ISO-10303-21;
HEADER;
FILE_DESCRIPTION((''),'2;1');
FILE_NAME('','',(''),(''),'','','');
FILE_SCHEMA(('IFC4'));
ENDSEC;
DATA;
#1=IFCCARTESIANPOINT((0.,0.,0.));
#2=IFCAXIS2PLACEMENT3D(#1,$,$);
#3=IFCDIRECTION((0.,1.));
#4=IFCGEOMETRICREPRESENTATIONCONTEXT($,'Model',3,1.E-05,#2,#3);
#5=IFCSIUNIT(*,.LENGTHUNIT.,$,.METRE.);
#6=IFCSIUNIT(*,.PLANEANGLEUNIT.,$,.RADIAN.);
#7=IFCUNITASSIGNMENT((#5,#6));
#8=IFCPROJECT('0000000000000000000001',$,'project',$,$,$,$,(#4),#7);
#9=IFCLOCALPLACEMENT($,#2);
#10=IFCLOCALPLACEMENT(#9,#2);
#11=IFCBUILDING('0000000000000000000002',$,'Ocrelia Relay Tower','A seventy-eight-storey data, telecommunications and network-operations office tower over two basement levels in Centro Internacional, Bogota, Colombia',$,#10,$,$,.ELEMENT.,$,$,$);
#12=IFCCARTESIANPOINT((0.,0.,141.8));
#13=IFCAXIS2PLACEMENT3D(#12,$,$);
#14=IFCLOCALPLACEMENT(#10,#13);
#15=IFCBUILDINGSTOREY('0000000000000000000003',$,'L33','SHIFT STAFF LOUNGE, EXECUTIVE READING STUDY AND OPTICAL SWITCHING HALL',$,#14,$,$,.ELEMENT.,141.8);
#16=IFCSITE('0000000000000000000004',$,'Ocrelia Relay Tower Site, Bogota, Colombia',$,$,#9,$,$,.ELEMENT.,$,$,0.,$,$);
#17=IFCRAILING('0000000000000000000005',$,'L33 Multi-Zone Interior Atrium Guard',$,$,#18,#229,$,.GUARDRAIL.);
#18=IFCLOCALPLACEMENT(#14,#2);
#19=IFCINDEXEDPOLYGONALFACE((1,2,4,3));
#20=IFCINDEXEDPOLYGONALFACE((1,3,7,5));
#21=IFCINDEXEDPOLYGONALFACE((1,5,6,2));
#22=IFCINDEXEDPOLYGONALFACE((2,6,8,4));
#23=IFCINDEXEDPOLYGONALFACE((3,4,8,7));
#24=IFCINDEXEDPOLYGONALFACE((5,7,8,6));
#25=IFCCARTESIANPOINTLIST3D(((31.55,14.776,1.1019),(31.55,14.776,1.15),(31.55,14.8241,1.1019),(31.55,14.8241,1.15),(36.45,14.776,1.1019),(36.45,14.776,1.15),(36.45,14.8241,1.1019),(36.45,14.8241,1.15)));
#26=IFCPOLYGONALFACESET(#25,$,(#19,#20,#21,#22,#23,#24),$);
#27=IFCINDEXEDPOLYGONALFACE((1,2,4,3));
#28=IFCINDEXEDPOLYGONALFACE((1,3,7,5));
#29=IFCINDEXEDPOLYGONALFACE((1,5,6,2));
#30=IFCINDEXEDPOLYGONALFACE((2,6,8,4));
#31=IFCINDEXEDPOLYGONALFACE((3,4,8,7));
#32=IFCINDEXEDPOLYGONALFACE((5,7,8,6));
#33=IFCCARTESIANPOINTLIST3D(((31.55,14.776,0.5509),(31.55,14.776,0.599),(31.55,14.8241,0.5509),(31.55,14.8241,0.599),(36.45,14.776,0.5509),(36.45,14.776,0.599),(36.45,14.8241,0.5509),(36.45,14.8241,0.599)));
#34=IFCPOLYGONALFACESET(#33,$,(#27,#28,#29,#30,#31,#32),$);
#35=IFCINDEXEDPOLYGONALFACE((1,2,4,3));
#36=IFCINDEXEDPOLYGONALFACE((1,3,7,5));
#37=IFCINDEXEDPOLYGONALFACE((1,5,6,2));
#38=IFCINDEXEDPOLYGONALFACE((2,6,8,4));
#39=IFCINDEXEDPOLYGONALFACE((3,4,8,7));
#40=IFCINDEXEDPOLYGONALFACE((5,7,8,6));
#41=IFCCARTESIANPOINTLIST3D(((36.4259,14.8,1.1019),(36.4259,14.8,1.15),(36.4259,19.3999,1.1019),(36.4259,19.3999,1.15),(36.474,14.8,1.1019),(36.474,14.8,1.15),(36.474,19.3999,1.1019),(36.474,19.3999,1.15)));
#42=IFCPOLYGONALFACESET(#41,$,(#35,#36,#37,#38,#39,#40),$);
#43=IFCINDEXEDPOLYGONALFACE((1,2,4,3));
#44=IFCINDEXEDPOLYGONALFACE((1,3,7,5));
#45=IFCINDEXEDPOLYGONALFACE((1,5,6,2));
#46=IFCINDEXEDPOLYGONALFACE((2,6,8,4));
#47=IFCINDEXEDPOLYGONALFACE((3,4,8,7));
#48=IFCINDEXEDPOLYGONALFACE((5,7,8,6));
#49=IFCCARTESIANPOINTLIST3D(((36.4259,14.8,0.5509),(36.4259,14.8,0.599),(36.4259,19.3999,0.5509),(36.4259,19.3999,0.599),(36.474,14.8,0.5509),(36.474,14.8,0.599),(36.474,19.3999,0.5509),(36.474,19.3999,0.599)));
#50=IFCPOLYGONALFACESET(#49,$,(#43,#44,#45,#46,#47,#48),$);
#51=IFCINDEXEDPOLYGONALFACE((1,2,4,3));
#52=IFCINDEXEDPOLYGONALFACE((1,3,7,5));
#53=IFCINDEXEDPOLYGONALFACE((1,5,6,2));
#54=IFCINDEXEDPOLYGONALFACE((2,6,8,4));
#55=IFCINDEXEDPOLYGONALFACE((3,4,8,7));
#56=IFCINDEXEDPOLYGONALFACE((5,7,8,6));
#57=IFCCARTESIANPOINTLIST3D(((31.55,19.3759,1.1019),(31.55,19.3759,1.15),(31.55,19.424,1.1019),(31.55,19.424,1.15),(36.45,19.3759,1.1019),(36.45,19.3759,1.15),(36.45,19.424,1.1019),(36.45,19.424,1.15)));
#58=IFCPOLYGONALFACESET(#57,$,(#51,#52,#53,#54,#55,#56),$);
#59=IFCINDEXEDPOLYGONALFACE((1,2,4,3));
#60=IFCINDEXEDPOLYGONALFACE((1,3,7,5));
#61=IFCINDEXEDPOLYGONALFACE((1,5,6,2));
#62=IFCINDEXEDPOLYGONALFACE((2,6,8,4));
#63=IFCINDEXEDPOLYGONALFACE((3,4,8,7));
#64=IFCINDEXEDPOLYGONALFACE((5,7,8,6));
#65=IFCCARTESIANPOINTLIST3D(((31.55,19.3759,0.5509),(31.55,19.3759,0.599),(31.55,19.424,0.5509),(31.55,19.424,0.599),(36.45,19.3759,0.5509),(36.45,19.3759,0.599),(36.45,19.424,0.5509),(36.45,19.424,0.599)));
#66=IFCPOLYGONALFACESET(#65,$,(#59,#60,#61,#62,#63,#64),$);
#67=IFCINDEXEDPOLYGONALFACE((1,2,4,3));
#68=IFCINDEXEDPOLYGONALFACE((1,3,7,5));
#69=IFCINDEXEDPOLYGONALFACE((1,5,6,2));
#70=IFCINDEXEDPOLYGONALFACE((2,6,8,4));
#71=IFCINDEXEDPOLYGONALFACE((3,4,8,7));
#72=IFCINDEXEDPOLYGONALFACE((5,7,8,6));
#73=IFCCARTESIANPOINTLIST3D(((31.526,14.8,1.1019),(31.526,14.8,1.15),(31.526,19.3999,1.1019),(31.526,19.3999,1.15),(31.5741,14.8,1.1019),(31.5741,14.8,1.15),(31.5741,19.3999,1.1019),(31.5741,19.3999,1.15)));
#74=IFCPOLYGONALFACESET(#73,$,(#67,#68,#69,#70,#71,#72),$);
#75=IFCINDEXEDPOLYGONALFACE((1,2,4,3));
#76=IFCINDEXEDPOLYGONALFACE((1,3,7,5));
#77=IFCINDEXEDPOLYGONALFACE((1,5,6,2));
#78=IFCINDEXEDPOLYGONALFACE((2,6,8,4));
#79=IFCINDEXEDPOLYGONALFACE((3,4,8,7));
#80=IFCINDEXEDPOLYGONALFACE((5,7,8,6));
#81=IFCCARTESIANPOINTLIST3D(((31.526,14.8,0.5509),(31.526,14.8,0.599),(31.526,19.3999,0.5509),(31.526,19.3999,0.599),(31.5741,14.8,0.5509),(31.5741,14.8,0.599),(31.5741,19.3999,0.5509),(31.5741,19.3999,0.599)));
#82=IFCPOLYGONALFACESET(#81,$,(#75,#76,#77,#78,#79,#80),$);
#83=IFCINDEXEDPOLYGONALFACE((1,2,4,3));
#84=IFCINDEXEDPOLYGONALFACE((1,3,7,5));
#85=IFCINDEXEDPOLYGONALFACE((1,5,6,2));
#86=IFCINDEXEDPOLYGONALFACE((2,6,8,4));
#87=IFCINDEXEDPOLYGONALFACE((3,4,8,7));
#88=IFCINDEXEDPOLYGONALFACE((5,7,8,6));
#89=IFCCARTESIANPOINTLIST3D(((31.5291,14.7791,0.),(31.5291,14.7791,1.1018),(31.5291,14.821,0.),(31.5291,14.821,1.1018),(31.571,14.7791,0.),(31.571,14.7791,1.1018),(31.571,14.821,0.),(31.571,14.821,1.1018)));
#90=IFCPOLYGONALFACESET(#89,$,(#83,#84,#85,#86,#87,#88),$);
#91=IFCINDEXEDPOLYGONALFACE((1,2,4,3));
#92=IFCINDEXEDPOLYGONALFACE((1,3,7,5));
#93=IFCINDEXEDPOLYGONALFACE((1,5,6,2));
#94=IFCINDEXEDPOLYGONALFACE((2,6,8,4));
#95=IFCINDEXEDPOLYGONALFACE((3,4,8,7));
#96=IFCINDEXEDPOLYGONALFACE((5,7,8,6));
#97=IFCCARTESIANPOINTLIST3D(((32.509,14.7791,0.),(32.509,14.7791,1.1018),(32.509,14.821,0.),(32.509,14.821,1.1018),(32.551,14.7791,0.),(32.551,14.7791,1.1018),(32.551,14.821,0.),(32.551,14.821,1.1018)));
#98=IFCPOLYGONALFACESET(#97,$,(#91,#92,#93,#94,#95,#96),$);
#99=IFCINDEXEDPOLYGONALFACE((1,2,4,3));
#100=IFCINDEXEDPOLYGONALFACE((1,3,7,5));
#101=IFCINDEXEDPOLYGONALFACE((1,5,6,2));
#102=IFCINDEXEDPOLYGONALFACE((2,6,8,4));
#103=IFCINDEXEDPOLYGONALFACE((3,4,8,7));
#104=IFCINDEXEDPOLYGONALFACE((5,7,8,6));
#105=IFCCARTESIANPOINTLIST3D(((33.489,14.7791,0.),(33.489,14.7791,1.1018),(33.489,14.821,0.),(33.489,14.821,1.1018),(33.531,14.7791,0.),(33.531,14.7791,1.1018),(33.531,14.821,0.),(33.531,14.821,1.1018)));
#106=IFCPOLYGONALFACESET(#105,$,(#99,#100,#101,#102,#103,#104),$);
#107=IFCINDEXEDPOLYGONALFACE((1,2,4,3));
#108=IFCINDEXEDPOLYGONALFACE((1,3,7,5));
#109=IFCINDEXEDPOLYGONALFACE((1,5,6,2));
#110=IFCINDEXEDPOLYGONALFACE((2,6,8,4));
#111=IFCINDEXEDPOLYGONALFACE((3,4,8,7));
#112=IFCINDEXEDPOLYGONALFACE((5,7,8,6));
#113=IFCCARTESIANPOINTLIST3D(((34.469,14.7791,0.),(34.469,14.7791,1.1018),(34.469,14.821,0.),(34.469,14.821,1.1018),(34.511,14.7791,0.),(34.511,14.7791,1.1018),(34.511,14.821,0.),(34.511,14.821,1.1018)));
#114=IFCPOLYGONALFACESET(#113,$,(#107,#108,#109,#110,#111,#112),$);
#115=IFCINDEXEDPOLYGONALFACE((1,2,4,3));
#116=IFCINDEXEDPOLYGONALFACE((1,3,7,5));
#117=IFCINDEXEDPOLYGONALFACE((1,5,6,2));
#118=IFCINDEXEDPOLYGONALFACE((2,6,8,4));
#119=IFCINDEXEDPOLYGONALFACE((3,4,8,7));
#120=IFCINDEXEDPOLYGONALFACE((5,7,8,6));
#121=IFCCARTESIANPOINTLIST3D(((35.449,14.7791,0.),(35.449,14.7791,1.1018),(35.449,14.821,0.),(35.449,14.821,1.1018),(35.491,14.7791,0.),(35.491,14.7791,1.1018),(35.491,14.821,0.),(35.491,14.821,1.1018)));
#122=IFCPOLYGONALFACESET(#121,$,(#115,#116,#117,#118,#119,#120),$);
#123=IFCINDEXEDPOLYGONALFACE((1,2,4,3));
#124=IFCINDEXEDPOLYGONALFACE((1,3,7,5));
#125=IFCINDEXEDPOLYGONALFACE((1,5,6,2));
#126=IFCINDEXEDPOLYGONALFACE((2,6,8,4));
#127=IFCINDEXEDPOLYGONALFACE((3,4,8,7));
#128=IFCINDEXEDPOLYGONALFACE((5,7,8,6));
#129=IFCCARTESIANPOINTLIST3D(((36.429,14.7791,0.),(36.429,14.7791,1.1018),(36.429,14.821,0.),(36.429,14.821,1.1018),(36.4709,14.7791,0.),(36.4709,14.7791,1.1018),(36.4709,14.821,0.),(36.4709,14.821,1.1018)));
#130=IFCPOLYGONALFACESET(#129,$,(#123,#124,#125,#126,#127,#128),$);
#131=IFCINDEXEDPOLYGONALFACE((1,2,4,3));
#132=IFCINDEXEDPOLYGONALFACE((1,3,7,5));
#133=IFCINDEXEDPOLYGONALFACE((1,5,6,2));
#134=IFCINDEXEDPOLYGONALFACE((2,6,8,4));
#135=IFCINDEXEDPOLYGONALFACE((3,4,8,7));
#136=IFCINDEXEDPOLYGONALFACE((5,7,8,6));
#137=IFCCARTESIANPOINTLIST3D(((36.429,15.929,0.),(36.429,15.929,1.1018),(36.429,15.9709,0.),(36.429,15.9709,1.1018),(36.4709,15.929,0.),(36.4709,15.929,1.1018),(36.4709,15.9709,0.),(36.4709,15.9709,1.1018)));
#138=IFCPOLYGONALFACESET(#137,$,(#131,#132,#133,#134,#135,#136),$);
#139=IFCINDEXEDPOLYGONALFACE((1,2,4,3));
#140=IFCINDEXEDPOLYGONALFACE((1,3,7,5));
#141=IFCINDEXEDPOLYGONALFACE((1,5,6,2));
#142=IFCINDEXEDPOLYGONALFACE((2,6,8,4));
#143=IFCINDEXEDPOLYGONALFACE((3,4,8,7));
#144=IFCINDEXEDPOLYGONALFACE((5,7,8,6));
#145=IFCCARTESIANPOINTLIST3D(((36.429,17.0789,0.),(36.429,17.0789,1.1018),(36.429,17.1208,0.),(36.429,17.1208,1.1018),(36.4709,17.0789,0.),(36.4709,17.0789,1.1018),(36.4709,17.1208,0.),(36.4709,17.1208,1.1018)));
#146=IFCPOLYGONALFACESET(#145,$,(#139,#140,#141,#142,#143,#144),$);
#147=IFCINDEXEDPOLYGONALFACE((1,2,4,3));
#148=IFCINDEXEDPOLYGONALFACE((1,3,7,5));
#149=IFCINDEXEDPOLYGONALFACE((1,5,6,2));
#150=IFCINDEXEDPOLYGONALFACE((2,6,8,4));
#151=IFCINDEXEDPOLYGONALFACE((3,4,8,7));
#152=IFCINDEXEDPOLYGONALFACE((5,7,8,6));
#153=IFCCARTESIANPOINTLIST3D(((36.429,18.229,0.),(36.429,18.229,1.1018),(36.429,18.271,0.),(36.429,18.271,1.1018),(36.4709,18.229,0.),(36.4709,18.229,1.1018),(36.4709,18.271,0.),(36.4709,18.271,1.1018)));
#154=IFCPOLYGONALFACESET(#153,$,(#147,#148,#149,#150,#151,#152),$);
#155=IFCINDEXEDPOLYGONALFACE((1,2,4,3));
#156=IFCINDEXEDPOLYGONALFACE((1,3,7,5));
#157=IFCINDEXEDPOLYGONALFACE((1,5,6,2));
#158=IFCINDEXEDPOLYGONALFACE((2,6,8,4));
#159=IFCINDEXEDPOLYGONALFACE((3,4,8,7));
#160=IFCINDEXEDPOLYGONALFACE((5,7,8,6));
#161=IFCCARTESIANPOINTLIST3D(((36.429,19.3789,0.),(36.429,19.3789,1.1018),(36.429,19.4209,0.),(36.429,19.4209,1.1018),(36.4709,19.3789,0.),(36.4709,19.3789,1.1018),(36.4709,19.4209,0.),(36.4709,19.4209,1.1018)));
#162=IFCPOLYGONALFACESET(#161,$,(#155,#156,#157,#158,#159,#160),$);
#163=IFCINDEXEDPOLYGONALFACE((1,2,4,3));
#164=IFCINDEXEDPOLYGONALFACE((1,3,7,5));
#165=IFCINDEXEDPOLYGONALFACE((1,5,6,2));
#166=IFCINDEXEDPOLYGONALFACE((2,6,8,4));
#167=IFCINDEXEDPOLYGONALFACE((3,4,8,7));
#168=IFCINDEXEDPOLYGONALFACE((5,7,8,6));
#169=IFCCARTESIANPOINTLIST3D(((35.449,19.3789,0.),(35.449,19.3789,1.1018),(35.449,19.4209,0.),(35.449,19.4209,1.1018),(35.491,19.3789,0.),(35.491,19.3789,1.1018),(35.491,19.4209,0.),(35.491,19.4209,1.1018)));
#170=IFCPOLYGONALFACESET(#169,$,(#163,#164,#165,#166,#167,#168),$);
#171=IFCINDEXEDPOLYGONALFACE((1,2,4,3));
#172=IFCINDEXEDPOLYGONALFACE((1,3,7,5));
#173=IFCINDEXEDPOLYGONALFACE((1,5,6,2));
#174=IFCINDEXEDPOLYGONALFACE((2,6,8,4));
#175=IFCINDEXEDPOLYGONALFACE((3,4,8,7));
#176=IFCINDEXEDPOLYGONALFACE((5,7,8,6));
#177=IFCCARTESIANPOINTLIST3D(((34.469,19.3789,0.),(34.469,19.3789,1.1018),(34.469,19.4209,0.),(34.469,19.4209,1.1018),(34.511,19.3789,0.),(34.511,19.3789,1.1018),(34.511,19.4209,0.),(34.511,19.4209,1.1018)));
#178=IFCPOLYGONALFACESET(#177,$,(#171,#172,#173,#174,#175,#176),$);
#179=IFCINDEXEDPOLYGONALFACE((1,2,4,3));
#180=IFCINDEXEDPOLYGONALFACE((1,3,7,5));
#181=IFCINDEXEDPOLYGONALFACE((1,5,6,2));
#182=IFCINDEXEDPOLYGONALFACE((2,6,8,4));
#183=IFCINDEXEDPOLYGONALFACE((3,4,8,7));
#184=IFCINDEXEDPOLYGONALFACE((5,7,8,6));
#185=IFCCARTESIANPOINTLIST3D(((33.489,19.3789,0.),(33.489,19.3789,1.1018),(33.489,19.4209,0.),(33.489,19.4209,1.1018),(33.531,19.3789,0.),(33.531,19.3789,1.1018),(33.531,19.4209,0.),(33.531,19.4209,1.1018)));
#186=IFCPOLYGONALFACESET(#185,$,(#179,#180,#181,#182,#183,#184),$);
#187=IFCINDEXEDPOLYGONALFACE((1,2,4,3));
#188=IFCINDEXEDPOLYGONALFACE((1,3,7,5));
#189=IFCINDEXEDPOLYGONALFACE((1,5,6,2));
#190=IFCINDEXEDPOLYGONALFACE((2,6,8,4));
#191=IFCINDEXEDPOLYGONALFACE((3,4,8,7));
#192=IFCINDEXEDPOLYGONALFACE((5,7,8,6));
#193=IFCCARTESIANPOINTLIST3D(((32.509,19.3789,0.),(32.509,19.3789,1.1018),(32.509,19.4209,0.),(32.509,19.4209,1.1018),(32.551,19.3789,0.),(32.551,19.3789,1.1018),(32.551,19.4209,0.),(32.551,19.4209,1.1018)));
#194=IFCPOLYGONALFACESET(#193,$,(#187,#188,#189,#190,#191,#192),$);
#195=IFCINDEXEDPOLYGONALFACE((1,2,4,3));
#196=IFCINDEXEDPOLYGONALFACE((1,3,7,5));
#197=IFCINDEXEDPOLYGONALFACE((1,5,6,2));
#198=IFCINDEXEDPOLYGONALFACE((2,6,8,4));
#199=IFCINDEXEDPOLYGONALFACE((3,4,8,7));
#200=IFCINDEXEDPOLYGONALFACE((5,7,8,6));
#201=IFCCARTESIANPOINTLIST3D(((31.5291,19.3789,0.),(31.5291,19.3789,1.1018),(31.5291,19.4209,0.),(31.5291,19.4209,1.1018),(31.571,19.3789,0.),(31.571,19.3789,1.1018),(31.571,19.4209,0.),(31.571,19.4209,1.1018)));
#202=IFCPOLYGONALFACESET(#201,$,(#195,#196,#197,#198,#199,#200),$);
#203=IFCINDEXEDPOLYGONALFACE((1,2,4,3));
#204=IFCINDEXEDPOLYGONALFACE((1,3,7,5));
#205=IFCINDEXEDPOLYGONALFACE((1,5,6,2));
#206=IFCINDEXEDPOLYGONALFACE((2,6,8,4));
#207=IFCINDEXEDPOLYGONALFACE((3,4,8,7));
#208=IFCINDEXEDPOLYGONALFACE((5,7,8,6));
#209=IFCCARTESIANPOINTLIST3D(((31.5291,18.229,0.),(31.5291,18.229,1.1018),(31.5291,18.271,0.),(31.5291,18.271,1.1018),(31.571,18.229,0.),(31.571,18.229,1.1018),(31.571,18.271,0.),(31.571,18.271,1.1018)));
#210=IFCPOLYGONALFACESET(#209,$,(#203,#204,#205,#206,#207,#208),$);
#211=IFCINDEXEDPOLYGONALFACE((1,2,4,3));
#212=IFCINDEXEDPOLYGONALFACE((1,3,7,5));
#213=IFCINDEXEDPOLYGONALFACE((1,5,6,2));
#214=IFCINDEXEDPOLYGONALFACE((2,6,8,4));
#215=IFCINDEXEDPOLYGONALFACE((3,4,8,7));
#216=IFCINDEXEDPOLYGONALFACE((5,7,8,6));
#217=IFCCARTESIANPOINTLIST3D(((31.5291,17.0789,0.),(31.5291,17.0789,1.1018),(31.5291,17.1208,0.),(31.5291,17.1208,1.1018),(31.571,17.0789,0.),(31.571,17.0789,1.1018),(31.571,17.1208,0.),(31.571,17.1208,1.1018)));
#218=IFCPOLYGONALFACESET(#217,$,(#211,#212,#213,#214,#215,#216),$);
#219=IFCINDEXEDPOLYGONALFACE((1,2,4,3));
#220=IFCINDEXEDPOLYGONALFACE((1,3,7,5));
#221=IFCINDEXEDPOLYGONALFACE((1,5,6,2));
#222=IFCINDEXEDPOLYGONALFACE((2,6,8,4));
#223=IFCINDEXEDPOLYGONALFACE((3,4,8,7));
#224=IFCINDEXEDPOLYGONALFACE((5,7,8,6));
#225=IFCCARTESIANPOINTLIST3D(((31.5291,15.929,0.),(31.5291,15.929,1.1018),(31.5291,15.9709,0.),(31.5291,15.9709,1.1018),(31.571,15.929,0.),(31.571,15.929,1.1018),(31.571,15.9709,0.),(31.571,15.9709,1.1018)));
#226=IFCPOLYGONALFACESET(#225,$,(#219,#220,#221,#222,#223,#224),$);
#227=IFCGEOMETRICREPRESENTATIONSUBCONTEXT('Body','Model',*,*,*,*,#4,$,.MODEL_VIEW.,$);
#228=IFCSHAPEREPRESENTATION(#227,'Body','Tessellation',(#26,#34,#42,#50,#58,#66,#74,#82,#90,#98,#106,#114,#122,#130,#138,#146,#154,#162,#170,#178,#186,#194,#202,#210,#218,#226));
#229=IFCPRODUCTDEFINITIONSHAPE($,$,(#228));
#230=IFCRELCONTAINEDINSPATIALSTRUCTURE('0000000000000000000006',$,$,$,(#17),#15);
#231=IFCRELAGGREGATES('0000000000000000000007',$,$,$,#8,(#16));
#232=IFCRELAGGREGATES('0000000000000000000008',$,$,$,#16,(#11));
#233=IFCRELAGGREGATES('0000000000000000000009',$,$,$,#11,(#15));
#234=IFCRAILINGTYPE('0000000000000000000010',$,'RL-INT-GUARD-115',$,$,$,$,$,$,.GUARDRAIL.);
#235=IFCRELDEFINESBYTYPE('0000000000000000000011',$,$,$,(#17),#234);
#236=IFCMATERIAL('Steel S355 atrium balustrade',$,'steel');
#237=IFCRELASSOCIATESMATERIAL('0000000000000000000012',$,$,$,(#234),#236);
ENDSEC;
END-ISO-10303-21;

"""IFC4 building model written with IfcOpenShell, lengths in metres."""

from ifc_helpers import new_model, si_unit, direction, frame, origin, origin_2d, place, context, subcontext, project, spatial, rectangle, extrude, material, type_object, element, save


model = new_model("IFC4")

# Units and contexts
model_context = context("Model", 3, precision=1e-05, world=origin(), true_north=direction((0.0, 1.0)))
body_context = subcontext(model_context, "Body", "Model", "MODEL_VIEW")
ifc_project = project(units=[si_unit("LENGTHUNIT", "METRE"), si_unit("PLANEANGLEUNIT", "RADIAN")], contexts=[model_context])

# Site, building, storey
site_placement = place(None, origin())
site = spatial("IfcSite", under=ifc_project, at=site_placement, Name="Ocrelia Relay Tower Site, Bogota, Colombia", CompositionType="ELEMENT", RefElevation=0.0)
building_placement = place(site_placement, origin())
building = spatial("IfcBuilding", under=site, at=building_placement, Name="Ocrelia Relay Tower", Description="A seventy-eight-storey data, telecommunications and network-operations office tower over two basement levels in Centro Internacional, Bogota, Colombia", CompositionType="ELEMENT")
storey_placement = place(building_placement, frame((0.0, 0.0, 141.8)))
storey = spatial("IfcBuildingStorey", under=building, at=storey_placement, Name="L33", Description="SHIFT STAFF LOUNGE, EXECUTIVE READING STUDY AND OPTICAL SWITCHING HALL", CompositionType="ELEMENT", Elevation=141.8)

# Railing
ifc_material_1 = material(Name="Steel S355 atrium balustrade", Category="steel")
railing_type = type_object("IfcRailingType", Name="RL-INT-GUARD-115", PredefinedType="GUARDRAIL", material=ifc_material_1)
railing_placement = place(storey_placement, frame((31.55, 14.8, 0.0)))
element("IfcRailing", 1, at=railing_placement, inside=storey, type_object=railing_type, Name="L33 Multi-Zone Interior Atrium Guard", PredefinedType="GUARDRAIL", context=body_context, shape_type="SweptSolid", body=[
    extrude(rectangle(XDim=0.0481, YDim=0.0481, at=origin_2d()), frame((0.0, 0.0, 1.126), z_axis=(1.0, 0.0, 0.0), x_axis=(0.0, 1.0, 0.0)), (0.0, 0.0, 1.0), 4.8999),
    extrude(rectangle(XDim=0.0481, YDim=0.0481, at=origin_2d()), frame((0.0, 0.0, 0.575), z_axis=(1.0, 0.0, 0.0), x_axis=(0.0, 1.0, 0.0)), (0.0, 0.0, 1.0), 4.8999),
    extrude(rectangle(XDim=0.0481, YDim=0.0481, at=origin_2d()), frame((4.8999, 0.0, 1.126), z_axis=(0.0, 1.0, 0.0), x_axis=(-1.0, 0.0, 0.0)), (0.0, 0.0, 1.0), 4.5999),
    extrude(rectangle(XDim=0.0481, YDim=0.0481, at=origin_2d()), frame((4.8999, 0.0, 0.575), z_axis=(0.0, 1.0, 0.0), x_axis=(-1.0, 0.0, 0.0)), (0.0, 0.0, 1.0), 4.5999),
    extrude(rectangle(XDim=0.0481, YDim=0.0481, at=origin_2d()), frame((4.8999, 4.5999, 1.126), z_axis=(-1.0, 0.0, 0.0), x_axis=(0.0, -1.0, 0.0)), (0.0, 0.0, 1.0), 4.8999),
    extrude(rectangle(XDim=0.0481, YDim=0.0481, at=origin_2d()), frame((4.8999, 4.5999, 0.575), z_axis=(-1.0, 0.0, 0.0), x_axis=(0.0, -1.0, 0.0)), (0.0, 0.0, 1.0), 4.8999),
    extrude(rectangle(XDim=0.0481, YDim=0.0481, at=origin_2d()), frame((0.0, 4.5999, 1.126), z_axis=(0.0, -1.0, 0.0), x_axis=(1.0, 0.0, 0.0)), (0.0, 0.0, 1.0), 4.5999),
    extrude(rectangle(XDim=0.0481, YDim=0.0481, at=origin_2d()), frame((0.0, 4.5999, 0.575), z_axis=(0.0, -1.0, 0.0), x_axis=(1.0, 0.0, 0.0)), (0.0, 0.0, 1.0), 4.5999),
    extrude(rectangle(XDim=0.042, YDim=0.042, at=origin_2d()), origin(), (0.0, 0.0, 1.0), 1.1018),
    extrude(rectangle(XDim=0.042, YDim=0.042, at=origin_2d()), frame((0.98, 0.0, 0.0)), (0.0, 0.0, 1.0), 1.1018),
    extrude(rectangle(XDim=0.042, YDim=0.042, at=origin_2d()), frame((1.96, 0.0, 0.0)), (0.0, 0.0, 1.0), 1.1018),
    extrude(rectangle(XDim=0.042, YDim=0.042, at=origin_2d()), frame((2.9399, 0.0, 0.0)), (0.0, 0.0, 1.0), 1.1018),
    extrude(rectangle(XDim=0.042, YDim=0.042, at=origin_2d()), frame((3.9199, 0.0, 0.0)), (0.0, 0.0, 1.0), 1.1018),
    extrude(rectangle(XDim=0.042, YDim=0.042, at=origin_2d()), frame((4.8999, 0.0, 0.0)), (0.0, 0.0, 1.0), 1.1018),
    extrude(rectangle(XDim=0.042, YDim=0.042, at=origin_2d()), frame((4.8999, 1.1499, 0.0)), (0.0, 0.0, 1.0), 1.1018),
    extrude(rectangle(XDim=0.042, YDim=0.042, at=origin_2d()), frame((4.8999, 2.2998, 0.0)), (0.0, 0.0, 1.0), 1.1018),
    extrude(rectangle(XDim=0.042, YDim=0.042, at=origin_2d()), frame((4.8999, 3.45, 0.0)), (0.0, 0.0, 1.0), 1.1018),
    extrude(rectangle(XDim=0.042, YDim=0.042, at=origin_2d()), frame((4.8999, 4.5999, 0.0)), (0.0, 0.0, 1.0), 1.1018),
    extrude(rectangle(XDim=0.042, YDim=0.042, at=origin_2d()), frame((3.9199, 4.5999, 0.0)), (0.0, 0.0, 1.0), 1.1018),
    extrude(rectangle(XDim=0.042, YDim=0.042, at=origin_2d()), frame((2.9399, 4.5999, 0.0)), (0.0, 0.0, 1.0), 1.1018),
    extrude(rectangle(XDim=0.042, YDim=0.042, at=origin_2d()), frame((1.96, 4.5999, 0.0)), (0.0, 0.0, 1.0), 1.1018),
    extrude(rectangle(XDim=0.042, YDim=0.042, at=origin_2d()), frame((0.98, 4.5999, 0.0)), (0.0, 0.0, 1.0), 1.1018),
    extrude(rectangle(XDim=0.042, YDim=0.042, at=origin_2d()), frame((0.0, 4.5999, 0.0)), (0.0, 0.0, 1.0), 1.1018),
    extrude(rectangle(XDim=0.042, YDim=0.042, at=origin_2d()), frame((0.0, 3.45, 0.0)), (0.0, 0.0, 1.0), 1.1018),
    extrude(rectangle(XDim=0.042, YDim=0.042, at=origin_2d()), frame((0.0, 2.2998, 0.0)), (0.0, 0.0, 1.0), 1.1018),
    extrude(rectangle(XDim=0.042, YDim=0.042, at=origin_2d()), frame((0.0, 1.1499, 0.0)), (0.0, 0.0, 1.0), 1.1018),
])

save(model, "model.ifc")
